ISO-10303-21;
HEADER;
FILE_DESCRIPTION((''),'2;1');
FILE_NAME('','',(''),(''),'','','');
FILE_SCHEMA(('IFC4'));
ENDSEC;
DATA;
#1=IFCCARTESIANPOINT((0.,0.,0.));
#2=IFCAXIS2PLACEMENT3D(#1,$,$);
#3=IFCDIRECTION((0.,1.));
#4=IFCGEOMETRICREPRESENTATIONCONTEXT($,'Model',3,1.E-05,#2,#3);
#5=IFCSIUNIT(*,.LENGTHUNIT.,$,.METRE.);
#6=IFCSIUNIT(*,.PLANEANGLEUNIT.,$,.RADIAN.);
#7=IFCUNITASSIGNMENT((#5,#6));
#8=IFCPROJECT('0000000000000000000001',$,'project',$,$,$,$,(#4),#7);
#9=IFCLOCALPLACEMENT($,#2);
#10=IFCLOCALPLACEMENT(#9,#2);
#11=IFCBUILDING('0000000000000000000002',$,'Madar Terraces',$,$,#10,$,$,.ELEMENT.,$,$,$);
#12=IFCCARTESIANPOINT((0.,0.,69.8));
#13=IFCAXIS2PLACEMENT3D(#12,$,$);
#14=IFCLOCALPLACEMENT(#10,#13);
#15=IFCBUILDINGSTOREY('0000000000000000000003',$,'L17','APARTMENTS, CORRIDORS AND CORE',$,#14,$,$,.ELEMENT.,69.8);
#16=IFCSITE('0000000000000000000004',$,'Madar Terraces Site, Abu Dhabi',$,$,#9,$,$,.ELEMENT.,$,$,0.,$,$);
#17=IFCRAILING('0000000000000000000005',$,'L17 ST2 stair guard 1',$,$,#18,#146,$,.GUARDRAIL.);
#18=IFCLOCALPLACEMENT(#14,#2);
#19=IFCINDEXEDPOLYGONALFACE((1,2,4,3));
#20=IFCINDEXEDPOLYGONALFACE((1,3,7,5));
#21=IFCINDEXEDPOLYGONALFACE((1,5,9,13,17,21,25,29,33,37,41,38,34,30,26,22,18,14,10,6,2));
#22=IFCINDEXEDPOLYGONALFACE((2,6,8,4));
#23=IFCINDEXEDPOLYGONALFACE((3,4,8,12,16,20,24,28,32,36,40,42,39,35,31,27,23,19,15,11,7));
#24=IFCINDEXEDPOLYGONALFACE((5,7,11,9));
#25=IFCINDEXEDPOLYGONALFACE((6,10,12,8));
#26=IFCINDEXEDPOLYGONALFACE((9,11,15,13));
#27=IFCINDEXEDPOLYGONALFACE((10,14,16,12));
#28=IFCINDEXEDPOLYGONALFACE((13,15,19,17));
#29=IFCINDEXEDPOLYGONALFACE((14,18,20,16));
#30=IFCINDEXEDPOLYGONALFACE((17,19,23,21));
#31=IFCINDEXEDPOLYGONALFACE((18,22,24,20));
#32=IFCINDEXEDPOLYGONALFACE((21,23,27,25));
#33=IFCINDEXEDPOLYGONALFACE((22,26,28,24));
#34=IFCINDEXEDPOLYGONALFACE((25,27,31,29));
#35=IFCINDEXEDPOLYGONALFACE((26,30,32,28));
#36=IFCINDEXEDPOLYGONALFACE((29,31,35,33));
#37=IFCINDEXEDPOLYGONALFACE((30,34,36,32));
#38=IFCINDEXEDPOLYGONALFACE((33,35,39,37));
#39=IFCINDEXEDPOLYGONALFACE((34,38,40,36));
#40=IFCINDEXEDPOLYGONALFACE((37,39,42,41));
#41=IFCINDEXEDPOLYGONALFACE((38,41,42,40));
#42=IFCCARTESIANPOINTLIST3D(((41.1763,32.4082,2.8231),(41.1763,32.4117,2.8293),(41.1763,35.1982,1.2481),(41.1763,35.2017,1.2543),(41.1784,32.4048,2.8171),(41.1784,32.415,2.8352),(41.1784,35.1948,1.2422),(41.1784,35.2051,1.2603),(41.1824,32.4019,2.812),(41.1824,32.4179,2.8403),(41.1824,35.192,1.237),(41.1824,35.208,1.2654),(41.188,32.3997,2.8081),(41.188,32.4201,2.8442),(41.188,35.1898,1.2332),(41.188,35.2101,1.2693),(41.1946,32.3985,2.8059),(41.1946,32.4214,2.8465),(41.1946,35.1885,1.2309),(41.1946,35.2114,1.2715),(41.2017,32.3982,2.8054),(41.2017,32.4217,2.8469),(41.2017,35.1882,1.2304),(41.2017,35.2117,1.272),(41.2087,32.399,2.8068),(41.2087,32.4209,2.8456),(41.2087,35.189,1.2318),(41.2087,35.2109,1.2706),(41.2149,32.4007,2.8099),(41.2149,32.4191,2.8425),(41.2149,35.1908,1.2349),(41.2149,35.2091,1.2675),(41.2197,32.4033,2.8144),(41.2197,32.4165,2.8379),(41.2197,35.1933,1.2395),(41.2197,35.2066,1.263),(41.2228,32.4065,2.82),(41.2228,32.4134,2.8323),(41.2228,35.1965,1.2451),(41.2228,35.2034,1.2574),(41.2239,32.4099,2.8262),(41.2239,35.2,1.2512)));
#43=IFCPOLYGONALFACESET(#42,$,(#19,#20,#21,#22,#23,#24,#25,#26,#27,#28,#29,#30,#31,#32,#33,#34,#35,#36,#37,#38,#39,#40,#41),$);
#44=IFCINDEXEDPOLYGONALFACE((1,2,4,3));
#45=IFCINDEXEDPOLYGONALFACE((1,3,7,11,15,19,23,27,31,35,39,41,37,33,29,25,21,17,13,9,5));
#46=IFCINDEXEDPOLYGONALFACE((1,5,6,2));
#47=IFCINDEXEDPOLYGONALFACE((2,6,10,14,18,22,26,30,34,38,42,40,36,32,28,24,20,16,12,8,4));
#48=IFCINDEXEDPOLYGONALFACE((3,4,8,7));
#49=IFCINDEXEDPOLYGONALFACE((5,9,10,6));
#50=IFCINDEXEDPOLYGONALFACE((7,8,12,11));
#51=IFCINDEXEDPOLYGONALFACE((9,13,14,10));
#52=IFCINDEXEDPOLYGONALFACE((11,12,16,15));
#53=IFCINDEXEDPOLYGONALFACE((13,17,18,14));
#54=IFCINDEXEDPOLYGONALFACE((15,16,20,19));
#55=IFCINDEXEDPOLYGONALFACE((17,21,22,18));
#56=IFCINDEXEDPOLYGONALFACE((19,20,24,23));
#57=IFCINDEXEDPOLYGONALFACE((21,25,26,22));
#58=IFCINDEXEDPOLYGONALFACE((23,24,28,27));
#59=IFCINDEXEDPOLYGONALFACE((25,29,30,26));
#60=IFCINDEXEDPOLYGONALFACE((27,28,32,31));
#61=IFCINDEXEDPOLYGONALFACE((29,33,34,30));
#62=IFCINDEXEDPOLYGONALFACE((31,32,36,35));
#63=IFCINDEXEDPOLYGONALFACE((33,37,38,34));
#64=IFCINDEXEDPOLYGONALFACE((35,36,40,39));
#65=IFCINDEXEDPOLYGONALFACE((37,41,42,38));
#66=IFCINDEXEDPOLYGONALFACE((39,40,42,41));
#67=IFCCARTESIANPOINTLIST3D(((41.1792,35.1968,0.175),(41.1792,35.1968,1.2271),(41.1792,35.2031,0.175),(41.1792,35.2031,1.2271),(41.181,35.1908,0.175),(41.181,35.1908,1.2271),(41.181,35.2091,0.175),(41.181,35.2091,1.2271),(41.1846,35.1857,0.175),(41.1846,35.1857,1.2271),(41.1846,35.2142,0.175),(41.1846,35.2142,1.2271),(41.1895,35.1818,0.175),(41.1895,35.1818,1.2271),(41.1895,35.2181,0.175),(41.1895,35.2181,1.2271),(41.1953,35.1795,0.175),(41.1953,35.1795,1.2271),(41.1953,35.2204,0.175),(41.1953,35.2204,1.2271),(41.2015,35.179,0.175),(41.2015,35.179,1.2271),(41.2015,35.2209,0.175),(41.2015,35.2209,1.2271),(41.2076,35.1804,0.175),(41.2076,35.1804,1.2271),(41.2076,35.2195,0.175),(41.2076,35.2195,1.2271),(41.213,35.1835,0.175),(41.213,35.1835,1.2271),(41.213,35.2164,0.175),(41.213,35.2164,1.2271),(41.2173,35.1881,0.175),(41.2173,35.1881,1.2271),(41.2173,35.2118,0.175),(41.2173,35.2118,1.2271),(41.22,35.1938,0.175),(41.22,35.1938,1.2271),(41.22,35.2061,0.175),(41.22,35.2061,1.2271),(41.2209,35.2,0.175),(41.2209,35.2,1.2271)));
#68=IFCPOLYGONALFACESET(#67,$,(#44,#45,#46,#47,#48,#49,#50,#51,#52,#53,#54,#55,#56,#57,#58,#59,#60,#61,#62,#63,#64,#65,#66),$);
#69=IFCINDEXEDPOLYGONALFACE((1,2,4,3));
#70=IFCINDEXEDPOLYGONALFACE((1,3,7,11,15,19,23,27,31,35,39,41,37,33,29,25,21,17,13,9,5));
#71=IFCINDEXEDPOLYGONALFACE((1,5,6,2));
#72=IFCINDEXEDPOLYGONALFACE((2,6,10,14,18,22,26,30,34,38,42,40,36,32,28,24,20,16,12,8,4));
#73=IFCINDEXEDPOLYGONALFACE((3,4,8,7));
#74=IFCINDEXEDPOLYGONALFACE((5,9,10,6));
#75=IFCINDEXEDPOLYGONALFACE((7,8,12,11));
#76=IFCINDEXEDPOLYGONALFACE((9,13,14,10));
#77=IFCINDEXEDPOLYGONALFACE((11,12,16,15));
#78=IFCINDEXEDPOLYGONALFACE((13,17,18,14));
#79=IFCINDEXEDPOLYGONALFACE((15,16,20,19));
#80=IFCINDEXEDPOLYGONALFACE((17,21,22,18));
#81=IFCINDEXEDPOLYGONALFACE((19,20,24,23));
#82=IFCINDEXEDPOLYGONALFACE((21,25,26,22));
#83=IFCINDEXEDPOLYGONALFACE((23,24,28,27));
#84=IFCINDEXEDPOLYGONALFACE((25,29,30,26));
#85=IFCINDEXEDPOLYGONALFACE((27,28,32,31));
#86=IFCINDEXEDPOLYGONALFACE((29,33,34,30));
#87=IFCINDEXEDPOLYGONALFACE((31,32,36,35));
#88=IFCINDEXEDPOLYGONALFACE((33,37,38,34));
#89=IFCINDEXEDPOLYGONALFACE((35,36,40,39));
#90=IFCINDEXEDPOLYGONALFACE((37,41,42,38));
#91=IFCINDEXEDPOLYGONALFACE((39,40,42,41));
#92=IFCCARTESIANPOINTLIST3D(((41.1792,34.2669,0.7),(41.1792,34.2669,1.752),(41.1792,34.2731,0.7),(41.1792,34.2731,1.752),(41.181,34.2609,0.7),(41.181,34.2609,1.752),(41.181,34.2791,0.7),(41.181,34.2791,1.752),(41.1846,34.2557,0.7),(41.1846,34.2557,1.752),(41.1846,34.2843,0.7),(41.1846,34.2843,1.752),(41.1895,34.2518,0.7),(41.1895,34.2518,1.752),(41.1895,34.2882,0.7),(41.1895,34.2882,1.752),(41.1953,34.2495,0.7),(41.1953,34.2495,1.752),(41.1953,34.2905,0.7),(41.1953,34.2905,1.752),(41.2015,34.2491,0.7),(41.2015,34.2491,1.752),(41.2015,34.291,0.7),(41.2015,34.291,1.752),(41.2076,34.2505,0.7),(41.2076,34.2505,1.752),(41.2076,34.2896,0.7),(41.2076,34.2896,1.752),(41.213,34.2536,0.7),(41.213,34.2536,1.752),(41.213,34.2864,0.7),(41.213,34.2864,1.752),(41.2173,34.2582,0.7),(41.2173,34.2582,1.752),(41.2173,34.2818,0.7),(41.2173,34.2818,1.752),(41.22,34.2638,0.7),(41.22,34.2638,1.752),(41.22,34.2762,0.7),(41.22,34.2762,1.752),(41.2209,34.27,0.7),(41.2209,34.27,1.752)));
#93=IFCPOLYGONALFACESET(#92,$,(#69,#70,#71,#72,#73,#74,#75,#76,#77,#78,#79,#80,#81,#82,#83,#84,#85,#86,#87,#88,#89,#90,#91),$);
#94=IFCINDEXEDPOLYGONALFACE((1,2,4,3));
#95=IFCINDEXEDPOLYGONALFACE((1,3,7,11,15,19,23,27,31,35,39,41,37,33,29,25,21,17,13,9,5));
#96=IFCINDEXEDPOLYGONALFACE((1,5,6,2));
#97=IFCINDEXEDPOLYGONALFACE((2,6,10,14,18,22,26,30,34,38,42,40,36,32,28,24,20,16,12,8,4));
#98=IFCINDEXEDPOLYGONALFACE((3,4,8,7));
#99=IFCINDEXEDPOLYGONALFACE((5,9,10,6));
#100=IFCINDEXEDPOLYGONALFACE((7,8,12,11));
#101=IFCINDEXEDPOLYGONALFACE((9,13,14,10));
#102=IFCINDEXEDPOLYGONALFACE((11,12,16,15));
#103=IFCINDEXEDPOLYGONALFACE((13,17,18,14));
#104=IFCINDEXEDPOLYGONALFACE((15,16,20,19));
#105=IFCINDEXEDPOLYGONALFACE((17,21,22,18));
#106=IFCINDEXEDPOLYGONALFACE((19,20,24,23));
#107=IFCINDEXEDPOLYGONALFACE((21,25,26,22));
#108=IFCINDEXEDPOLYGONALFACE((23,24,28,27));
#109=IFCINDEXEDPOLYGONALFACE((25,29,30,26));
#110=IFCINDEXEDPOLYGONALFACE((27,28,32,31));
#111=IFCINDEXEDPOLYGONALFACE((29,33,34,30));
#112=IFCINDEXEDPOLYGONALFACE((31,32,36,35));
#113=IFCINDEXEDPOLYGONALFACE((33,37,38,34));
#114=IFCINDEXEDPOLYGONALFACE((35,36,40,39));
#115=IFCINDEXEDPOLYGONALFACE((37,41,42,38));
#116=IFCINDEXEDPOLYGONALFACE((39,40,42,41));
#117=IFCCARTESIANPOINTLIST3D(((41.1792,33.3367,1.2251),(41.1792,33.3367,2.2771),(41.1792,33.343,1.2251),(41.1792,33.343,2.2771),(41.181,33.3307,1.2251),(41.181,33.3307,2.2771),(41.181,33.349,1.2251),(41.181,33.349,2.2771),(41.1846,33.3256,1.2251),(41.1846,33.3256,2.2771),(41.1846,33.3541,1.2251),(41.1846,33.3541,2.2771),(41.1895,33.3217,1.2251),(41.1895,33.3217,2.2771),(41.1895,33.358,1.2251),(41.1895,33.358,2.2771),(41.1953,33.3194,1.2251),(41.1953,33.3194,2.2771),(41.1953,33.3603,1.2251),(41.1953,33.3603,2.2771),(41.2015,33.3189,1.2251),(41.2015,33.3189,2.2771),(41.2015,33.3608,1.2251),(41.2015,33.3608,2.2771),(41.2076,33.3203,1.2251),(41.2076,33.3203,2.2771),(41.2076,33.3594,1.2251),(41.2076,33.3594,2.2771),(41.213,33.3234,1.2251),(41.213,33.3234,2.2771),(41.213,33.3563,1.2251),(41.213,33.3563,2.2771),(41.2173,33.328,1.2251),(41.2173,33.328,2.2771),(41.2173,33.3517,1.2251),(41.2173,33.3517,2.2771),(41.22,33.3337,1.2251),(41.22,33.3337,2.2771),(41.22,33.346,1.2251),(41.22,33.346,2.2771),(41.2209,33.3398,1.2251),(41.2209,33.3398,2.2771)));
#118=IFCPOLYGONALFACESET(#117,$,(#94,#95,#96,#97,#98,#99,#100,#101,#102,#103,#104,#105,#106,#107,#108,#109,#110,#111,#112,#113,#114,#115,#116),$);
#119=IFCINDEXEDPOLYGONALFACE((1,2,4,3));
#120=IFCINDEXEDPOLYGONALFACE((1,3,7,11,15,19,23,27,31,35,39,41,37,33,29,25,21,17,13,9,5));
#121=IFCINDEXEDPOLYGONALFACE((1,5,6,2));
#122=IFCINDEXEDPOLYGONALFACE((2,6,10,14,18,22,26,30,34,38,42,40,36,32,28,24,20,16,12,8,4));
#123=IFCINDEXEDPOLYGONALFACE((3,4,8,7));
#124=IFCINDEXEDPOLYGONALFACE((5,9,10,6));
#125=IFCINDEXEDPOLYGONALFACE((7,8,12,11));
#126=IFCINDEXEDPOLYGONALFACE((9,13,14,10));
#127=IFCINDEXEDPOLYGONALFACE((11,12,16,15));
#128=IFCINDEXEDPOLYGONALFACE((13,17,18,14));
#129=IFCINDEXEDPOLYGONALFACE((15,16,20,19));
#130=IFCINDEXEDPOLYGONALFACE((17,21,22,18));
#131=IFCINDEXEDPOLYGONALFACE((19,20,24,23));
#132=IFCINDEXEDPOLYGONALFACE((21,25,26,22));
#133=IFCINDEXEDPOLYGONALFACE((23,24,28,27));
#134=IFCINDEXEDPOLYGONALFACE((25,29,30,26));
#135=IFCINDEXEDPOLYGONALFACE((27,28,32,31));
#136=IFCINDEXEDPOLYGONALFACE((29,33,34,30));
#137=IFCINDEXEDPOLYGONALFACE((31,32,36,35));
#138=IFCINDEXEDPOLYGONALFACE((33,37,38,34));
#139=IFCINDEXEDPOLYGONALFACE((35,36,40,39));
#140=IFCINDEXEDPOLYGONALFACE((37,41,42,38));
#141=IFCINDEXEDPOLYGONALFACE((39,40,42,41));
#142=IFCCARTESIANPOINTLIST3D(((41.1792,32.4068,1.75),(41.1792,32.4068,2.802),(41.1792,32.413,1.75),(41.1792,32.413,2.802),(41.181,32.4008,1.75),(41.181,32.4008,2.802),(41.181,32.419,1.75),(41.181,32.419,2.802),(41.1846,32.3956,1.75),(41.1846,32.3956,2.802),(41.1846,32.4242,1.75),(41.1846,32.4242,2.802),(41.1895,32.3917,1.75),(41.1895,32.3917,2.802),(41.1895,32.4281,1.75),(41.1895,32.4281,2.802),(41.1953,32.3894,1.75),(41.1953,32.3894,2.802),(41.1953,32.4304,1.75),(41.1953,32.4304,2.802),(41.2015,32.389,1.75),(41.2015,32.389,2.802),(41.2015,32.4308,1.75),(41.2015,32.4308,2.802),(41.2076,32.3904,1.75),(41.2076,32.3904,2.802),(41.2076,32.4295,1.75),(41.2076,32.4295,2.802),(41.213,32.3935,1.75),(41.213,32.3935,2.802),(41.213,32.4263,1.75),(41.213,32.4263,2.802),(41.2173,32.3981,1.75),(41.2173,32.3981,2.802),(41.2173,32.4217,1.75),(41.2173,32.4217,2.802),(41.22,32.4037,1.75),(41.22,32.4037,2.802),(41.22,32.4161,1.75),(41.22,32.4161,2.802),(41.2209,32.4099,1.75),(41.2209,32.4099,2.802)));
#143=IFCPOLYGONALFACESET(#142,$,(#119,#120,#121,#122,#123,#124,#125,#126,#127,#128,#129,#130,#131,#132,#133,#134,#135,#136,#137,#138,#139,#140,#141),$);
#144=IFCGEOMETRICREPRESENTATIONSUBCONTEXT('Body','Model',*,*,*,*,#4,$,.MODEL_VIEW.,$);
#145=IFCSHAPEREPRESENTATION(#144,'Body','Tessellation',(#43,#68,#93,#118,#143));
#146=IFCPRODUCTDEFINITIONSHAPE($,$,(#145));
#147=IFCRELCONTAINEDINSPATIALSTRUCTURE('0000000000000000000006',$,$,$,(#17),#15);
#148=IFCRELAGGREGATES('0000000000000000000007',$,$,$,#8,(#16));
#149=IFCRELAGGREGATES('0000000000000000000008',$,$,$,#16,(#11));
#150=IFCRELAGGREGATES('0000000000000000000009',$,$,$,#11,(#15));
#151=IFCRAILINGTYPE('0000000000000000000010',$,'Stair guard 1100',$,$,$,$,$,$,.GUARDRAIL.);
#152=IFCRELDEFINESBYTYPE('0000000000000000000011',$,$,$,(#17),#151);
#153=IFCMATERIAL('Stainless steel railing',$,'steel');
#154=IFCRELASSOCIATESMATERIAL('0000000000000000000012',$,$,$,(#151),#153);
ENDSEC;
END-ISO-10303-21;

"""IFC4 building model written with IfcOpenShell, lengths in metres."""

from ifc_helpers import new_model, si_unit, direction, frame, origin, origin_2d, place, context, subcontext, project, spatial, circle, extrude, material, type_object, element, save


model = new_model("IFC4")

# Units and contexts
model_context = context("Model", 3, precision=1e-05, world=origin(), true_north=direction((0.0, 1.0)))
body_context = subcontext(model_context, "Body", "Model", "MODEL_VIEW")
ifc_project = project(units=[si_unit("LENGTHUNIT", "METRE"), si_unit("PLANEANGLEUNIT", "RADIAN")], contexts=[model_context])

# Site, building, storey
site_placement = place(None, origin())
site = spatial("IfcSite", under=ifc_project, at=site_placement, Name="Madar Terraces Site, Abu Dhabi", CompositionType="ELEMENT", RefElevation=0.0)
building_placement = place(site_placement, origin())
building = spatial("IfcBuilding", under=site, at=building_placement, Name="Madar Terraces", CompositionType="ELEMENT")
storey_placement = place(building_placement, frame((0.0, 0.0, 69.8)))
storey = spatial("IfcBuildingStorey", under=building, at=storey_placement, Name="L17", Description="APARTMENTS, CORRIDORS AND CORE", CompositionType="ELEMENT", Elevation=69.8)

# Railing
ifc_material_1 = material(Name="Stainless steel railing", Category="steel")
railing_type_1 = type_object("IfcRailingType", Name="Stair guard 1100", PredefinedType="GUARDRAIL", material=ifc_material_1)
railing_1_placement = place(storey_placement, frame((41.2, 35.2, 0.175)))
element("IfcRailing", 1, at=railing_1_placement, inside=storey, type_object=railing_type_1, Name="L17 ST2 stair guard 1", PredefinedType="GUARDRAIL", context=body_context, shape_type="SweptSolid", body=[
    extrude(circle(Radius=0.0239, at=origin_2d()), frame((0.0, 0.0, 1.0762), z_axis=(0.0, -0.870834, 0.491578), x_axis=(1.0, 0.0, 0.0)), (0.0, 0.0, 1.0), 3.2039),
    extrude(circle(Radius=0.021, at=origin_2d()), origin(), (0.0, 0.0, 1.0), 1.052),
    extrude(circle(Radius=0.021, at=origin_2d()), frame((0.0, -0.9299, 0.5249)), (0.0, 0.0, 1.0), 1.052),
    extrude(circle(Radius=0.021, at=origin_2d()), frame((0.0, -1.8601, 1.05)), (0.0, 0.0, 1.0), 1.052),
    extrude(circle(Radius=0.021, at=origin_2d()), frame((0.0, -2.79, 1.575)), (0.0, 0.0, 1.0), 1.052),
])

save(model, "model.ifc")
